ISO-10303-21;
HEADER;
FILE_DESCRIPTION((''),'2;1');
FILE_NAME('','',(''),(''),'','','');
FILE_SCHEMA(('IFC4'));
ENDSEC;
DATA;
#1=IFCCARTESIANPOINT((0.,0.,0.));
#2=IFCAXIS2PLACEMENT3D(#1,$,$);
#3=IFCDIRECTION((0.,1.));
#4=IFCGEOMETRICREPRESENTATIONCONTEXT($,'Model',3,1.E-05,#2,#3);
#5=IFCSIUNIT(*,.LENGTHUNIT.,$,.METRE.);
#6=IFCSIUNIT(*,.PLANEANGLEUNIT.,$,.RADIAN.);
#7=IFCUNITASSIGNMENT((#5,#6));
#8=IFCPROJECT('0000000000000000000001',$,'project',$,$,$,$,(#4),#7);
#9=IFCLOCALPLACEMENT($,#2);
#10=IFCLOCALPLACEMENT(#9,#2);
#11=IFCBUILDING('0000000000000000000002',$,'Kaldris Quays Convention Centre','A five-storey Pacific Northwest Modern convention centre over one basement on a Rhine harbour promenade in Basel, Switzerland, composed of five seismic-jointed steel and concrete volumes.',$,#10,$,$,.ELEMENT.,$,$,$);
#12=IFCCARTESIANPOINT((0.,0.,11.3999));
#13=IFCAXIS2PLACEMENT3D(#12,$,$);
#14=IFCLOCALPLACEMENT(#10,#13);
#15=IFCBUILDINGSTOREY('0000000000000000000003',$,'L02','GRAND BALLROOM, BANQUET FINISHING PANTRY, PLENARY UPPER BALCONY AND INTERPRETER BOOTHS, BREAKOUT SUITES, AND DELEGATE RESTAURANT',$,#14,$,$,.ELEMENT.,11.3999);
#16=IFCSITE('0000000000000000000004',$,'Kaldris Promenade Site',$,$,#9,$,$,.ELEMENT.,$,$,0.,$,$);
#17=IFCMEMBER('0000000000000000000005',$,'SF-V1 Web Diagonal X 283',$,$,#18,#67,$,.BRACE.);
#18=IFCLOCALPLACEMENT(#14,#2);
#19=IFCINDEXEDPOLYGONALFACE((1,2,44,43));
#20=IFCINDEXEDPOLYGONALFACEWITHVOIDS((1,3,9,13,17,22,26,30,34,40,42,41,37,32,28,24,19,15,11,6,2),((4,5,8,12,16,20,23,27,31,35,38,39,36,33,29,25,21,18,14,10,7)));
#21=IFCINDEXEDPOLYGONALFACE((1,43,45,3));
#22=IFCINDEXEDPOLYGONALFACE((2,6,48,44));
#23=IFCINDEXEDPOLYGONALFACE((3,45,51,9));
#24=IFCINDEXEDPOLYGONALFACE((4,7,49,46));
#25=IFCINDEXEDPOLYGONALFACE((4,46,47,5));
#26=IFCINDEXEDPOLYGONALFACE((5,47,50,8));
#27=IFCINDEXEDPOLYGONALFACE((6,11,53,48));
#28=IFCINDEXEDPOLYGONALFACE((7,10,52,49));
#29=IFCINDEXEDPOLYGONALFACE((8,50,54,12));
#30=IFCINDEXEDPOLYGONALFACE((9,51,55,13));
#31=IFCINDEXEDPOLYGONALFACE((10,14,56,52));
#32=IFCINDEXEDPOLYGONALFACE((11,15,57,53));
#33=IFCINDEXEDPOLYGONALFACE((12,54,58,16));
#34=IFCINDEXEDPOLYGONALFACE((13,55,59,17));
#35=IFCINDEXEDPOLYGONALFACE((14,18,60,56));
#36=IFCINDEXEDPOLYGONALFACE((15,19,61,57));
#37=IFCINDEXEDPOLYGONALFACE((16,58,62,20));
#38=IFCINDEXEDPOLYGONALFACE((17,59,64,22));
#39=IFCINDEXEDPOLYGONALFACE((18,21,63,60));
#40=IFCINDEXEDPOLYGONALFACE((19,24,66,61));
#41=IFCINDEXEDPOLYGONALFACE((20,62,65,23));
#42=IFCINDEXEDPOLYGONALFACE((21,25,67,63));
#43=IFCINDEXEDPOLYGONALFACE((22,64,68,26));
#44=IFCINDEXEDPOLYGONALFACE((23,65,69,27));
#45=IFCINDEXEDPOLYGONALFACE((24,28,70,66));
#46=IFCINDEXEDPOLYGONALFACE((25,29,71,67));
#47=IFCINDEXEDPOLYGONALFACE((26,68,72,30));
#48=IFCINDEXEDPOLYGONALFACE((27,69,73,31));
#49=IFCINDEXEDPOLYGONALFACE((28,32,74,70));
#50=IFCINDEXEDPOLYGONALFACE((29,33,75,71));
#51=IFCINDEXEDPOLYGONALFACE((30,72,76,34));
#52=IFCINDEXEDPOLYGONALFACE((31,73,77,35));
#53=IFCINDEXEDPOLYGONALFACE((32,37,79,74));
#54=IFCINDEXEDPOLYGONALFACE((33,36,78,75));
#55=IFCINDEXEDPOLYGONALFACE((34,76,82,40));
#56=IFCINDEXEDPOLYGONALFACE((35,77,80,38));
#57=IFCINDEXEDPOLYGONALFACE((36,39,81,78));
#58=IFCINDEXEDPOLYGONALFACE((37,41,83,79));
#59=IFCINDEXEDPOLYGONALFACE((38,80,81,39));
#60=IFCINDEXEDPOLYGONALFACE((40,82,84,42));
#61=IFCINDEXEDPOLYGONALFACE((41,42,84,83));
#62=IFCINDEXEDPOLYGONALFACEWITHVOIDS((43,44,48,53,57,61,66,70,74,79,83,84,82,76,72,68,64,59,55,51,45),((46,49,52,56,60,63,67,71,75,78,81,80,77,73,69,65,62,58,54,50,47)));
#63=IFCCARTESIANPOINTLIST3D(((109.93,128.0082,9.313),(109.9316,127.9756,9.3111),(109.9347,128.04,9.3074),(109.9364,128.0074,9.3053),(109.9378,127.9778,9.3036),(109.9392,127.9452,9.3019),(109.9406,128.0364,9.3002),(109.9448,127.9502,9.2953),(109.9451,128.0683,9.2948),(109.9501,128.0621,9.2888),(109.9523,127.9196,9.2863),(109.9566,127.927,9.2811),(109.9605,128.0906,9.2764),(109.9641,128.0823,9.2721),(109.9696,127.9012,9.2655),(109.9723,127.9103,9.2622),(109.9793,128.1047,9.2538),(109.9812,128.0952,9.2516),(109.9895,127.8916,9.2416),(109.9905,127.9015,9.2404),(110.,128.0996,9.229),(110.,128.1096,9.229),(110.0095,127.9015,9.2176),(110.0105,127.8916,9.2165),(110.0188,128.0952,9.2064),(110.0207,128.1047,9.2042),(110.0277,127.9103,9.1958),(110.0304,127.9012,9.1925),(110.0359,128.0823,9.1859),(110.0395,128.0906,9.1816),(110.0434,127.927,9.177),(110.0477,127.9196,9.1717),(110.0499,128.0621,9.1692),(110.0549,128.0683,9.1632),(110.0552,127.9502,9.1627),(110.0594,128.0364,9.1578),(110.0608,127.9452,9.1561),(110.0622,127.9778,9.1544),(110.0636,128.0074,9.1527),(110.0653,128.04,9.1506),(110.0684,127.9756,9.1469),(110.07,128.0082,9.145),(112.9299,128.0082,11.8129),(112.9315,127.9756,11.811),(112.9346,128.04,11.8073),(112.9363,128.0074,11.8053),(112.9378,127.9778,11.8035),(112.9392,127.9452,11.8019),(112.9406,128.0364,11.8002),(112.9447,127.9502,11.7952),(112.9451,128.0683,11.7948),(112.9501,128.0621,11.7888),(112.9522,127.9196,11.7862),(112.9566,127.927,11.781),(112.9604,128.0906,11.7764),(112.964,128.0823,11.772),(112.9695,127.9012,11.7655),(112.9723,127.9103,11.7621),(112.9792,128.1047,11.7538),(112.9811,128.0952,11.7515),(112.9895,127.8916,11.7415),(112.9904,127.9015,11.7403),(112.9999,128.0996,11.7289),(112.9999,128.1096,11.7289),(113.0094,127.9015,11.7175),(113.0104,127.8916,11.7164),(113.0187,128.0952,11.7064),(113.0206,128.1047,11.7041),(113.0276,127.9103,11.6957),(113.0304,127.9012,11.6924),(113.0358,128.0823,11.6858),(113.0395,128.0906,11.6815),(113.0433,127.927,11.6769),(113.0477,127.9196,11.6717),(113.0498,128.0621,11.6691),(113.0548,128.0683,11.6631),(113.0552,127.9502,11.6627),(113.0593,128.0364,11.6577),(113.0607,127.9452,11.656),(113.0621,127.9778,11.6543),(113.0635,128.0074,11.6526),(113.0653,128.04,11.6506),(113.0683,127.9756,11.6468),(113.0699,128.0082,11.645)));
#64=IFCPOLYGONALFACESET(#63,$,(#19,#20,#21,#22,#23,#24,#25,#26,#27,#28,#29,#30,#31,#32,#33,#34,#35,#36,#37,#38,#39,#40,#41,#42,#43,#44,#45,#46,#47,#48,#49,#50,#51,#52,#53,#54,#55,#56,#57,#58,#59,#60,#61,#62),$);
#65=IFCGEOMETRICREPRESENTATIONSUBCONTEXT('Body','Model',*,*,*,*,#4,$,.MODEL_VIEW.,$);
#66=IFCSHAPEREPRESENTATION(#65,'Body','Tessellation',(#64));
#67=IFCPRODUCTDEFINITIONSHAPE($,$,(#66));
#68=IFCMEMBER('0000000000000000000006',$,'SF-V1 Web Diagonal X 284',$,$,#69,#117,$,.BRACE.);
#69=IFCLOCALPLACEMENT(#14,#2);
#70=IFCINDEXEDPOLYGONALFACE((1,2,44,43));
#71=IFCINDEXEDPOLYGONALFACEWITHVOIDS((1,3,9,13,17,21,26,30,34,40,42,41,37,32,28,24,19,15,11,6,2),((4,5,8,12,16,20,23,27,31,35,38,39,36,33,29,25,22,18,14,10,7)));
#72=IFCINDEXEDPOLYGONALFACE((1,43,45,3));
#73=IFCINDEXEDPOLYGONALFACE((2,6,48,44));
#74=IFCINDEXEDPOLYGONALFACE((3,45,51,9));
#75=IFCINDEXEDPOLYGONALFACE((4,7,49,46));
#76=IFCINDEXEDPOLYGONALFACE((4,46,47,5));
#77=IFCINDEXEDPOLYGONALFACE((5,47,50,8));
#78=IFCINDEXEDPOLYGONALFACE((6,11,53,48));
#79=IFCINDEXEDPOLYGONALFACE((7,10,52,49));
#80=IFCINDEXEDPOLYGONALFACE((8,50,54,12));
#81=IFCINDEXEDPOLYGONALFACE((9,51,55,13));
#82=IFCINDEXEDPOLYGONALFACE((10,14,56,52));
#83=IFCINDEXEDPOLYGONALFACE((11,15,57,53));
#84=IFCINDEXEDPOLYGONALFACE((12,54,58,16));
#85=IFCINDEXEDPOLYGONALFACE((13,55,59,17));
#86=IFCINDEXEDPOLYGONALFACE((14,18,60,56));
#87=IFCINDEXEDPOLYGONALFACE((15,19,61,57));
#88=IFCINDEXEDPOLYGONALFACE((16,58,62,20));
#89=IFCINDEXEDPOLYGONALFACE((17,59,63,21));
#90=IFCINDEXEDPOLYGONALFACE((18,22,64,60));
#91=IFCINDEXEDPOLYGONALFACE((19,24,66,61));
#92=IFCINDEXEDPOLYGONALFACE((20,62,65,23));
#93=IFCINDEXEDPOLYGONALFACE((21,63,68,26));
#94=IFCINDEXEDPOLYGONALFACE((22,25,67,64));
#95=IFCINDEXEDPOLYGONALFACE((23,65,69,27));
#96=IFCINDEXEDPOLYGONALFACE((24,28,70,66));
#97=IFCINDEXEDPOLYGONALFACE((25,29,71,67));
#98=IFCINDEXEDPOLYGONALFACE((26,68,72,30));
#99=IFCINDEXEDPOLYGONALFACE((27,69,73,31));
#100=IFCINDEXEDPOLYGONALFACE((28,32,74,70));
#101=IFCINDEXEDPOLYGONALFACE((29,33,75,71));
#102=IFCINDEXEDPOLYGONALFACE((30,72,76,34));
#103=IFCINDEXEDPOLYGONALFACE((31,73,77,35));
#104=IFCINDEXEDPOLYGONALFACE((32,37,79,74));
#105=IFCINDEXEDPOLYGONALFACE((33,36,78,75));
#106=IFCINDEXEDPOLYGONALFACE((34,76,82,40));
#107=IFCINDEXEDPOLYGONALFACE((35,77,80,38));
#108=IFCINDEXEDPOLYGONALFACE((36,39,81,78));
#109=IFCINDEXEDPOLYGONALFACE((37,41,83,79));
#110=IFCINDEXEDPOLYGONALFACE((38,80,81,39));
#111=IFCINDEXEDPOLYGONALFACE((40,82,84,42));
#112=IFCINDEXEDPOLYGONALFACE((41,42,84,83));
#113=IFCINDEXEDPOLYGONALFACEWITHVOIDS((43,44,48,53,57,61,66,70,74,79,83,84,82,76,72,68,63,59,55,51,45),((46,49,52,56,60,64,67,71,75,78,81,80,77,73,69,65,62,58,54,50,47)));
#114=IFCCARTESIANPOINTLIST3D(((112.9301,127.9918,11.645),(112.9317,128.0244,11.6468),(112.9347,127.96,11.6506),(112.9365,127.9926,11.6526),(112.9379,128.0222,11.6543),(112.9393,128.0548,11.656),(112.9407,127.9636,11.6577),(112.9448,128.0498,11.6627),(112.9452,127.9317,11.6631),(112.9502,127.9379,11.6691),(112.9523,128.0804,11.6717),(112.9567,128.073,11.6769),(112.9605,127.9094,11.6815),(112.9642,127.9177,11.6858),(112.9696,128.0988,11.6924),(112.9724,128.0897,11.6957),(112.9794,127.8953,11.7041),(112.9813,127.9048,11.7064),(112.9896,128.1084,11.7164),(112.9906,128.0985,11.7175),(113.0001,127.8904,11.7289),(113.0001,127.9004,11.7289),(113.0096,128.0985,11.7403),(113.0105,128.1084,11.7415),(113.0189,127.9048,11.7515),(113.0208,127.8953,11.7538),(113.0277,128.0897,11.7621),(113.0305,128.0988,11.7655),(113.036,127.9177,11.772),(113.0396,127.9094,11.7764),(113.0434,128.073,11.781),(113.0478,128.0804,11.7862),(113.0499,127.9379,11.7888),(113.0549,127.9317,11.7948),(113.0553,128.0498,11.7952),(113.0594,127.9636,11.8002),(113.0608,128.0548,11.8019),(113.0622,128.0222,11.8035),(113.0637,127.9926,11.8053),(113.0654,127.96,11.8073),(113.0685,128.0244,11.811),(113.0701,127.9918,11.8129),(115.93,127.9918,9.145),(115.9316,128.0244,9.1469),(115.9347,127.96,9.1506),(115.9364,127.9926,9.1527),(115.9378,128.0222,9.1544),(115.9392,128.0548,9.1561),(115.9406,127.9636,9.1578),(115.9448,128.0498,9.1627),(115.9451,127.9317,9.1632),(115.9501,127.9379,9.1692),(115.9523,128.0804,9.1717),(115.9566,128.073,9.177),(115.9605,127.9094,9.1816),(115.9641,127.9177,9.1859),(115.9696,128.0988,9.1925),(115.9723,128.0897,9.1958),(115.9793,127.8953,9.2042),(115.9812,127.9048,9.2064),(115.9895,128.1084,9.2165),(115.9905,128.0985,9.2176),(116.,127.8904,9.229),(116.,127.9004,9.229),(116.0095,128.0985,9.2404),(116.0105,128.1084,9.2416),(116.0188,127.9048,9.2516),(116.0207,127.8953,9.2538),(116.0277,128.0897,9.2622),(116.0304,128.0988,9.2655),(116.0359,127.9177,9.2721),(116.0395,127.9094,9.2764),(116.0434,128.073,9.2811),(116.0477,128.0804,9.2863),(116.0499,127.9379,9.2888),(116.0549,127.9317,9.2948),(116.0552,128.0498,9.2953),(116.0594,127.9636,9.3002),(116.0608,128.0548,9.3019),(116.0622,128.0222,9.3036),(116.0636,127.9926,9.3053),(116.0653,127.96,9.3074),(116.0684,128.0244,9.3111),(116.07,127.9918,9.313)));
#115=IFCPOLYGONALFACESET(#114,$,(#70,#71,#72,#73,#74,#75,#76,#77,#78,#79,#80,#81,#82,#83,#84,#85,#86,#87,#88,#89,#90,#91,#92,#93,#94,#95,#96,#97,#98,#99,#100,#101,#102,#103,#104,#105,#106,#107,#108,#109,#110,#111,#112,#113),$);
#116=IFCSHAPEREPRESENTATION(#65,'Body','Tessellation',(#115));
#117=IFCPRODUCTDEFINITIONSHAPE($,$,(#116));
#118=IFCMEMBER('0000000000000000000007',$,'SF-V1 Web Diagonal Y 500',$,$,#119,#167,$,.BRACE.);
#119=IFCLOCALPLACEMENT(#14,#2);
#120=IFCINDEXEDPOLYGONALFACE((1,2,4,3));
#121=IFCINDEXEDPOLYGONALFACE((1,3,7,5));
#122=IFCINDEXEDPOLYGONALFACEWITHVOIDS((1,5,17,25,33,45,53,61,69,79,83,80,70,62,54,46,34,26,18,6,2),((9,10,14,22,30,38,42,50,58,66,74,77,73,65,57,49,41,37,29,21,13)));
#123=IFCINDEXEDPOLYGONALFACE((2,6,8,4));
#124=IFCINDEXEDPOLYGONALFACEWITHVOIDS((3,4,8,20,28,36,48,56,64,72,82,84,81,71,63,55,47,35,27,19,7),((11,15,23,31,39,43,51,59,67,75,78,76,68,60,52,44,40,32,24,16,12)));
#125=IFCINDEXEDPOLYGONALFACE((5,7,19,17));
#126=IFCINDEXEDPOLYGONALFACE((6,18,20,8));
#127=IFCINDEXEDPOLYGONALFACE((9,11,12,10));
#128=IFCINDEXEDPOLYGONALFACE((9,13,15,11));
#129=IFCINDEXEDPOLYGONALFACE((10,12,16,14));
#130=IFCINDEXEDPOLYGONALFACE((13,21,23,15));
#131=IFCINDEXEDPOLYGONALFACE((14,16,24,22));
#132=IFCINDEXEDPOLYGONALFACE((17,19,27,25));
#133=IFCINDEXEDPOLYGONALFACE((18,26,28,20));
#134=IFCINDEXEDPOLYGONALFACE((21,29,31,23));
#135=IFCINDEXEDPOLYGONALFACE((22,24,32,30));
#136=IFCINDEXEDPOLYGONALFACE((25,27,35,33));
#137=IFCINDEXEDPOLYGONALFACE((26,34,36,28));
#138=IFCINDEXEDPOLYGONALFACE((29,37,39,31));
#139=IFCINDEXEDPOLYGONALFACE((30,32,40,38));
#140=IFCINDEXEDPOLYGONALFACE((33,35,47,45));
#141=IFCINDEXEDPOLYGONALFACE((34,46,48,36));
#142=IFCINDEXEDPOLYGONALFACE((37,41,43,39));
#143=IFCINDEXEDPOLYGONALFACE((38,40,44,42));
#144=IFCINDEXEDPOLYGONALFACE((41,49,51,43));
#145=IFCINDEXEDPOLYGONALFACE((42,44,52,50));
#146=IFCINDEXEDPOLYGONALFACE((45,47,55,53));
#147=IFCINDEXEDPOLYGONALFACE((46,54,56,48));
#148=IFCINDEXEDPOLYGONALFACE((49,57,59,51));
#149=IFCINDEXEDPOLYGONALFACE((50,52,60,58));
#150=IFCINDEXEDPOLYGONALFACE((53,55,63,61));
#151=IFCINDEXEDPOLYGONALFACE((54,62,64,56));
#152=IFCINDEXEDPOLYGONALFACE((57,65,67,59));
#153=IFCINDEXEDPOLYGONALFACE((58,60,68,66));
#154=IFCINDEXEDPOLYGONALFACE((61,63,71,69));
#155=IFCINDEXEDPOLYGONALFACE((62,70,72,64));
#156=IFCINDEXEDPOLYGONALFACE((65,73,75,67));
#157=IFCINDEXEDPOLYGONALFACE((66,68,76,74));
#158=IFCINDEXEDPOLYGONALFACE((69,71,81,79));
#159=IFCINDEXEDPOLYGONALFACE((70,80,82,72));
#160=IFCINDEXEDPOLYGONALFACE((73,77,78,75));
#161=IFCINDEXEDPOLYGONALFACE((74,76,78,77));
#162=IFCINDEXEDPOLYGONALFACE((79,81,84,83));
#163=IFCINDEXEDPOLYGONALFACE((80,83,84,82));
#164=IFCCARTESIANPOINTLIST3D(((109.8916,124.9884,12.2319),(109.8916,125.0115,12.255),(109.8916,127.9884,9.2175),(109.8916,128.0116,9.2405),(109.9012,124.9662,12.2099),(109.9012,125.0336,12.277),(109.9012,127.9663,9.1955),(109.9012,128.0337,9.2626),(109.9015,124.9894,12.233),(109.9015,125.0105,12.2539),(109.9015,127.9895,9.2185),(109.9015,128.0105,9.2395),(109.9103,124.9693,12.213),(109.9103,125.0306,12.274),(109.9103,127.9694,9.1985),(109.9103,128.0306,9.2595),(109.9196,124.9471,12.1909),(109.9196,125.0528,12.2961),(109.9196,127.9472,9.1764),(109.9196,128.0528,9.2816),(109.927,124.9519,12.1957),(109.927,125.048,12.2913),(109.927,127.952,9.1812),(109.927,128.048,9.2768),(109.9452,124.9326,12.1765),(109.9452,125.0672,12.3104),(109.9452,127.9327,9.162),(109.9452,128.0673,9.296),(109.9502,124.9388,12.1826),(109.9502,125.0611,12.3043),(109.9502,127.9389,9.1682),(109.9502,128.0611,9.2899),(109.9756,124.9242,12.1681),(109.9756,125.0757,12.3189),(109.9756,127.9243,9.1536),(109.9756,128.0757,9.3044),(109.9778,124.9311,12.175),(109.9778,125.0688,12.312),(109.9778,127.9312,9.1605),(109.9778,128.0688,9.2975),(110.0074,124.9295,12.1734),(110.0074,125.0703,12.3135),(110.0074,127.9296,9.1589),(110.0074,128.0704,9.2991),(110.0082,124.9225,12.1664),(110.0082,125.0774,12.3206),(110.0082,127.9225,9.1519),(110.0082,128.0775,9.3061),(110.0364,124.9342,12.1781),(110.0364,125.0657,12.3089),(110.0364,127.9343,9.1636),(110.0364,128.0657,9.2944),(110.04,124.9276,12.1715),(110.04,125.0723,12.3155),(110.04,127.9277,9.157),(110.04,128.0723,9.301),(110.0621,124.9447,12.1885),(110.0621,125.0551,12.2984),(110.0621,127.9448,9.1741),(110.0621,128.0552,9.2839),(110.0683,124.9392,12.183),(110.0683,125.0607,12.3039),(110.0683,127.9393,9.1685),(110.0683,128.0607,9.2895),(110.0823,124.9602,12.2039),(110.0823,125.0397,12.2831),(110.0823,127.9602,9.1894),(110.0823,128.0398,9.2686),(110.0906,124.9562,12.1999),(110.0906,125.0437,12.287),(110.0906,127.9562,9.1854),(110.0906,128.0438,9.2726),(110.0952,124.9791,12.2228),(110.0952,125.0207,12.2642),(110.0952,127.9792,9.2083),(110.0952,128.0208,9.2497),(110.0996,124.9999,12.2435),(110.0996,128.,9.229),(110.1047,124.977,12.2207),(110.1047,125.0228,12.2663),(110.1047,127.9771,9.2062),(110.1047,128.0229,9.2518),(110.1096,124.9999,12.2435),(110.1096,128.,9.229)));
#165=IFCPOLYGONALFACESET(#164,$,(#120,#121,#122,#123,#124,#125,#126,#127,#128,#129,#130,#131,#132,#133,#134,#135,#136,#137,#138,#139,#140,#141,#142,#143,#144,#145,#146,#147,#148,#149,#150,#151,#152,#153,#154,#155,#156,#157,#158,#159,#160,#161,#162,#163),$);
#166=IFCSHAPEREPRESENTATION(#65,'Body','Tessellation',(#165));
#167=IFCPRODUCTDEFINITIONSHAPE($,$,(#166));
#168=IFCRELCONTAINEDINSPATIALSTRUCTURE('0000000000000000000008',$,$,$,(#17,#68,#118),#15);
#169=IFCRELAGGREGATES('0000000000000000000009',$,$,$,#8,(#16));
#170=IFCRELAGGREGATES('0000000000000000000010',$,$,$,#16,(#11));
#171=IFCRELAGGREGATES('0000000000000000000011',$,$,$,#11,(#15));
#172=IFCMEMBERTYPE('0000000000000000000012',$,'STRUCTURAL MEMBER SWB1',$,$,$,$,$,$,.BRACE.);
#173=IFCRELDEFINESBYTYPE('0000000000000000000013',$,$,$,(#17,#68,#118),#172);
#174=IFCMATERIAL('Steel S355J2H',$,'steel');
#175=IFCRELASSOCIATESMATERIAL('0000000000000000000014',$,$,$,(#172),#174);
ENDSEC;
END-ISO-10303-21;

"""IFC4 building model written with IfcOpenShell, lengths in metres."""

from ifc_helpers import new_model, si_unit, direction, frame, origin, origin_2d, place, context, subcontext, project, spatial, hollow_circle, extrude, material, material_profile, profile_set, type_object, element, save


model = new_model("IFC4")

# Units and contexts
model_context = context("Model", 3, precision=1e-05, world=origin(), true_north=direction((0.0, 1.0)))
body_context = subcontext(model_context, "Body", "Model", "MODEL_VIEW")
ifc_project = project(units=[si_unit("LENGTHUNIT", "METRE"), si_unit("PLANEANGLEUNIT", "RADIAN")], contexts=[model_context])

# Site, building, storey
site_placement = place(None, origin())
site = spatial("IfcSite", under=ifc_project, at=site_placement, Name="Kaldris Promenade Site", CompositionType="ELEMENT", RefElevation=0.0)
building_placement = place(site_placement, origin())
building = spatial("IfcBuilding", under=site, at=building_placement, Name="Kaldris Quays Convention Centre", Description="A five-storey Pacific Northwest Modern convention centre over one basement on a Rhine harbour promenade in Basel, Switzerland, composed of five seismic-jointed steel and concrete volumes.", CompositionType="ELEMENT")
storey_placement = place(building_placement, frame((0.0, 0.0, 11.3999)))
storey = spatial("IfcBuildingStorey", under=building, at=storey_placement, Name="L02", Description="GRAND BALLROOM, BANQUET FINISHING PANTRY, PLENARY UPPER BALCONY AND INTERPRETER BOOTHS, BREAKOUT SUITES, AND DELEGATE RESTAURANT", CompositionType="ELEMENT", Elevation=11.3999)

# Members
ifc_material_1 = material(Name="Steel S355J2H", Category="steel")
ifc_material_profile_1 = material_profile(ifc_material_1, hollow_circle(Radius=0.1096, WallThickness=0.01, at=origin_2d()), Name="CHS 219.1x10")
ifc_profile_set_1 = profile_set([ifc_material_profile_1], Name="Steel S355J2H")
member_type_1 = type_object("IfcMemberType", Name="STRUCTURAL MEMBER SWB1", PredefinedType="BRACE", material=ifc_profile_set_1)
for number, where, z_axis, x_axis, name in (
    (1, (110.0, 128.0, 9.229), (0.768221, 0.0, 0.640184), (0.0, 1.0, 0.0), "SF-V1 Web Diagonal X 283"),
    (2, (116.0, 128.0, 9.229), (-0.768221, 0.0, 0.640184), (0.0, -1.0, 0.0), "SF-V1 Web Diagonal X 284"),
):
    element("IfcMember", number, at=place(storey_placement, frame(where, z_axis=z_axis, x_axis=x_axis)), inside=storey, type_object=member_type_1, Name=name, PredefinedType="BRACE", context=body_context, shape_type="SweptSolid", body=[
        extrude(hollow_circle(Radius=0.1096, WallThickness=0.01, at=origin_2d()), origin(), (0.0, 0.0, 1.0), 3.905),
    ])
member_1_placement = place(storey_placement, frame((110.0, 128.0, 9.229), z_axis=(0.0, -0.705411, 0.708798), x_axis=(1.0, 0.0, 0.0)))
element("IfcMember", 3, at=member_1_placement, inside=storey, type_object=member_type_1, Name="SF-V1 Web Diagonal Y 500", PredefinedType="BRACE", context=body_context, shape_type="SweptSolid", body=[
    extrude(hollow_circle(Radius=0.1096, WallThickness=0.01, at=origin_2d()), origin(), (0.0, 0.0, 1.0), 4.2529),
])

save(model, "model.ifc")
